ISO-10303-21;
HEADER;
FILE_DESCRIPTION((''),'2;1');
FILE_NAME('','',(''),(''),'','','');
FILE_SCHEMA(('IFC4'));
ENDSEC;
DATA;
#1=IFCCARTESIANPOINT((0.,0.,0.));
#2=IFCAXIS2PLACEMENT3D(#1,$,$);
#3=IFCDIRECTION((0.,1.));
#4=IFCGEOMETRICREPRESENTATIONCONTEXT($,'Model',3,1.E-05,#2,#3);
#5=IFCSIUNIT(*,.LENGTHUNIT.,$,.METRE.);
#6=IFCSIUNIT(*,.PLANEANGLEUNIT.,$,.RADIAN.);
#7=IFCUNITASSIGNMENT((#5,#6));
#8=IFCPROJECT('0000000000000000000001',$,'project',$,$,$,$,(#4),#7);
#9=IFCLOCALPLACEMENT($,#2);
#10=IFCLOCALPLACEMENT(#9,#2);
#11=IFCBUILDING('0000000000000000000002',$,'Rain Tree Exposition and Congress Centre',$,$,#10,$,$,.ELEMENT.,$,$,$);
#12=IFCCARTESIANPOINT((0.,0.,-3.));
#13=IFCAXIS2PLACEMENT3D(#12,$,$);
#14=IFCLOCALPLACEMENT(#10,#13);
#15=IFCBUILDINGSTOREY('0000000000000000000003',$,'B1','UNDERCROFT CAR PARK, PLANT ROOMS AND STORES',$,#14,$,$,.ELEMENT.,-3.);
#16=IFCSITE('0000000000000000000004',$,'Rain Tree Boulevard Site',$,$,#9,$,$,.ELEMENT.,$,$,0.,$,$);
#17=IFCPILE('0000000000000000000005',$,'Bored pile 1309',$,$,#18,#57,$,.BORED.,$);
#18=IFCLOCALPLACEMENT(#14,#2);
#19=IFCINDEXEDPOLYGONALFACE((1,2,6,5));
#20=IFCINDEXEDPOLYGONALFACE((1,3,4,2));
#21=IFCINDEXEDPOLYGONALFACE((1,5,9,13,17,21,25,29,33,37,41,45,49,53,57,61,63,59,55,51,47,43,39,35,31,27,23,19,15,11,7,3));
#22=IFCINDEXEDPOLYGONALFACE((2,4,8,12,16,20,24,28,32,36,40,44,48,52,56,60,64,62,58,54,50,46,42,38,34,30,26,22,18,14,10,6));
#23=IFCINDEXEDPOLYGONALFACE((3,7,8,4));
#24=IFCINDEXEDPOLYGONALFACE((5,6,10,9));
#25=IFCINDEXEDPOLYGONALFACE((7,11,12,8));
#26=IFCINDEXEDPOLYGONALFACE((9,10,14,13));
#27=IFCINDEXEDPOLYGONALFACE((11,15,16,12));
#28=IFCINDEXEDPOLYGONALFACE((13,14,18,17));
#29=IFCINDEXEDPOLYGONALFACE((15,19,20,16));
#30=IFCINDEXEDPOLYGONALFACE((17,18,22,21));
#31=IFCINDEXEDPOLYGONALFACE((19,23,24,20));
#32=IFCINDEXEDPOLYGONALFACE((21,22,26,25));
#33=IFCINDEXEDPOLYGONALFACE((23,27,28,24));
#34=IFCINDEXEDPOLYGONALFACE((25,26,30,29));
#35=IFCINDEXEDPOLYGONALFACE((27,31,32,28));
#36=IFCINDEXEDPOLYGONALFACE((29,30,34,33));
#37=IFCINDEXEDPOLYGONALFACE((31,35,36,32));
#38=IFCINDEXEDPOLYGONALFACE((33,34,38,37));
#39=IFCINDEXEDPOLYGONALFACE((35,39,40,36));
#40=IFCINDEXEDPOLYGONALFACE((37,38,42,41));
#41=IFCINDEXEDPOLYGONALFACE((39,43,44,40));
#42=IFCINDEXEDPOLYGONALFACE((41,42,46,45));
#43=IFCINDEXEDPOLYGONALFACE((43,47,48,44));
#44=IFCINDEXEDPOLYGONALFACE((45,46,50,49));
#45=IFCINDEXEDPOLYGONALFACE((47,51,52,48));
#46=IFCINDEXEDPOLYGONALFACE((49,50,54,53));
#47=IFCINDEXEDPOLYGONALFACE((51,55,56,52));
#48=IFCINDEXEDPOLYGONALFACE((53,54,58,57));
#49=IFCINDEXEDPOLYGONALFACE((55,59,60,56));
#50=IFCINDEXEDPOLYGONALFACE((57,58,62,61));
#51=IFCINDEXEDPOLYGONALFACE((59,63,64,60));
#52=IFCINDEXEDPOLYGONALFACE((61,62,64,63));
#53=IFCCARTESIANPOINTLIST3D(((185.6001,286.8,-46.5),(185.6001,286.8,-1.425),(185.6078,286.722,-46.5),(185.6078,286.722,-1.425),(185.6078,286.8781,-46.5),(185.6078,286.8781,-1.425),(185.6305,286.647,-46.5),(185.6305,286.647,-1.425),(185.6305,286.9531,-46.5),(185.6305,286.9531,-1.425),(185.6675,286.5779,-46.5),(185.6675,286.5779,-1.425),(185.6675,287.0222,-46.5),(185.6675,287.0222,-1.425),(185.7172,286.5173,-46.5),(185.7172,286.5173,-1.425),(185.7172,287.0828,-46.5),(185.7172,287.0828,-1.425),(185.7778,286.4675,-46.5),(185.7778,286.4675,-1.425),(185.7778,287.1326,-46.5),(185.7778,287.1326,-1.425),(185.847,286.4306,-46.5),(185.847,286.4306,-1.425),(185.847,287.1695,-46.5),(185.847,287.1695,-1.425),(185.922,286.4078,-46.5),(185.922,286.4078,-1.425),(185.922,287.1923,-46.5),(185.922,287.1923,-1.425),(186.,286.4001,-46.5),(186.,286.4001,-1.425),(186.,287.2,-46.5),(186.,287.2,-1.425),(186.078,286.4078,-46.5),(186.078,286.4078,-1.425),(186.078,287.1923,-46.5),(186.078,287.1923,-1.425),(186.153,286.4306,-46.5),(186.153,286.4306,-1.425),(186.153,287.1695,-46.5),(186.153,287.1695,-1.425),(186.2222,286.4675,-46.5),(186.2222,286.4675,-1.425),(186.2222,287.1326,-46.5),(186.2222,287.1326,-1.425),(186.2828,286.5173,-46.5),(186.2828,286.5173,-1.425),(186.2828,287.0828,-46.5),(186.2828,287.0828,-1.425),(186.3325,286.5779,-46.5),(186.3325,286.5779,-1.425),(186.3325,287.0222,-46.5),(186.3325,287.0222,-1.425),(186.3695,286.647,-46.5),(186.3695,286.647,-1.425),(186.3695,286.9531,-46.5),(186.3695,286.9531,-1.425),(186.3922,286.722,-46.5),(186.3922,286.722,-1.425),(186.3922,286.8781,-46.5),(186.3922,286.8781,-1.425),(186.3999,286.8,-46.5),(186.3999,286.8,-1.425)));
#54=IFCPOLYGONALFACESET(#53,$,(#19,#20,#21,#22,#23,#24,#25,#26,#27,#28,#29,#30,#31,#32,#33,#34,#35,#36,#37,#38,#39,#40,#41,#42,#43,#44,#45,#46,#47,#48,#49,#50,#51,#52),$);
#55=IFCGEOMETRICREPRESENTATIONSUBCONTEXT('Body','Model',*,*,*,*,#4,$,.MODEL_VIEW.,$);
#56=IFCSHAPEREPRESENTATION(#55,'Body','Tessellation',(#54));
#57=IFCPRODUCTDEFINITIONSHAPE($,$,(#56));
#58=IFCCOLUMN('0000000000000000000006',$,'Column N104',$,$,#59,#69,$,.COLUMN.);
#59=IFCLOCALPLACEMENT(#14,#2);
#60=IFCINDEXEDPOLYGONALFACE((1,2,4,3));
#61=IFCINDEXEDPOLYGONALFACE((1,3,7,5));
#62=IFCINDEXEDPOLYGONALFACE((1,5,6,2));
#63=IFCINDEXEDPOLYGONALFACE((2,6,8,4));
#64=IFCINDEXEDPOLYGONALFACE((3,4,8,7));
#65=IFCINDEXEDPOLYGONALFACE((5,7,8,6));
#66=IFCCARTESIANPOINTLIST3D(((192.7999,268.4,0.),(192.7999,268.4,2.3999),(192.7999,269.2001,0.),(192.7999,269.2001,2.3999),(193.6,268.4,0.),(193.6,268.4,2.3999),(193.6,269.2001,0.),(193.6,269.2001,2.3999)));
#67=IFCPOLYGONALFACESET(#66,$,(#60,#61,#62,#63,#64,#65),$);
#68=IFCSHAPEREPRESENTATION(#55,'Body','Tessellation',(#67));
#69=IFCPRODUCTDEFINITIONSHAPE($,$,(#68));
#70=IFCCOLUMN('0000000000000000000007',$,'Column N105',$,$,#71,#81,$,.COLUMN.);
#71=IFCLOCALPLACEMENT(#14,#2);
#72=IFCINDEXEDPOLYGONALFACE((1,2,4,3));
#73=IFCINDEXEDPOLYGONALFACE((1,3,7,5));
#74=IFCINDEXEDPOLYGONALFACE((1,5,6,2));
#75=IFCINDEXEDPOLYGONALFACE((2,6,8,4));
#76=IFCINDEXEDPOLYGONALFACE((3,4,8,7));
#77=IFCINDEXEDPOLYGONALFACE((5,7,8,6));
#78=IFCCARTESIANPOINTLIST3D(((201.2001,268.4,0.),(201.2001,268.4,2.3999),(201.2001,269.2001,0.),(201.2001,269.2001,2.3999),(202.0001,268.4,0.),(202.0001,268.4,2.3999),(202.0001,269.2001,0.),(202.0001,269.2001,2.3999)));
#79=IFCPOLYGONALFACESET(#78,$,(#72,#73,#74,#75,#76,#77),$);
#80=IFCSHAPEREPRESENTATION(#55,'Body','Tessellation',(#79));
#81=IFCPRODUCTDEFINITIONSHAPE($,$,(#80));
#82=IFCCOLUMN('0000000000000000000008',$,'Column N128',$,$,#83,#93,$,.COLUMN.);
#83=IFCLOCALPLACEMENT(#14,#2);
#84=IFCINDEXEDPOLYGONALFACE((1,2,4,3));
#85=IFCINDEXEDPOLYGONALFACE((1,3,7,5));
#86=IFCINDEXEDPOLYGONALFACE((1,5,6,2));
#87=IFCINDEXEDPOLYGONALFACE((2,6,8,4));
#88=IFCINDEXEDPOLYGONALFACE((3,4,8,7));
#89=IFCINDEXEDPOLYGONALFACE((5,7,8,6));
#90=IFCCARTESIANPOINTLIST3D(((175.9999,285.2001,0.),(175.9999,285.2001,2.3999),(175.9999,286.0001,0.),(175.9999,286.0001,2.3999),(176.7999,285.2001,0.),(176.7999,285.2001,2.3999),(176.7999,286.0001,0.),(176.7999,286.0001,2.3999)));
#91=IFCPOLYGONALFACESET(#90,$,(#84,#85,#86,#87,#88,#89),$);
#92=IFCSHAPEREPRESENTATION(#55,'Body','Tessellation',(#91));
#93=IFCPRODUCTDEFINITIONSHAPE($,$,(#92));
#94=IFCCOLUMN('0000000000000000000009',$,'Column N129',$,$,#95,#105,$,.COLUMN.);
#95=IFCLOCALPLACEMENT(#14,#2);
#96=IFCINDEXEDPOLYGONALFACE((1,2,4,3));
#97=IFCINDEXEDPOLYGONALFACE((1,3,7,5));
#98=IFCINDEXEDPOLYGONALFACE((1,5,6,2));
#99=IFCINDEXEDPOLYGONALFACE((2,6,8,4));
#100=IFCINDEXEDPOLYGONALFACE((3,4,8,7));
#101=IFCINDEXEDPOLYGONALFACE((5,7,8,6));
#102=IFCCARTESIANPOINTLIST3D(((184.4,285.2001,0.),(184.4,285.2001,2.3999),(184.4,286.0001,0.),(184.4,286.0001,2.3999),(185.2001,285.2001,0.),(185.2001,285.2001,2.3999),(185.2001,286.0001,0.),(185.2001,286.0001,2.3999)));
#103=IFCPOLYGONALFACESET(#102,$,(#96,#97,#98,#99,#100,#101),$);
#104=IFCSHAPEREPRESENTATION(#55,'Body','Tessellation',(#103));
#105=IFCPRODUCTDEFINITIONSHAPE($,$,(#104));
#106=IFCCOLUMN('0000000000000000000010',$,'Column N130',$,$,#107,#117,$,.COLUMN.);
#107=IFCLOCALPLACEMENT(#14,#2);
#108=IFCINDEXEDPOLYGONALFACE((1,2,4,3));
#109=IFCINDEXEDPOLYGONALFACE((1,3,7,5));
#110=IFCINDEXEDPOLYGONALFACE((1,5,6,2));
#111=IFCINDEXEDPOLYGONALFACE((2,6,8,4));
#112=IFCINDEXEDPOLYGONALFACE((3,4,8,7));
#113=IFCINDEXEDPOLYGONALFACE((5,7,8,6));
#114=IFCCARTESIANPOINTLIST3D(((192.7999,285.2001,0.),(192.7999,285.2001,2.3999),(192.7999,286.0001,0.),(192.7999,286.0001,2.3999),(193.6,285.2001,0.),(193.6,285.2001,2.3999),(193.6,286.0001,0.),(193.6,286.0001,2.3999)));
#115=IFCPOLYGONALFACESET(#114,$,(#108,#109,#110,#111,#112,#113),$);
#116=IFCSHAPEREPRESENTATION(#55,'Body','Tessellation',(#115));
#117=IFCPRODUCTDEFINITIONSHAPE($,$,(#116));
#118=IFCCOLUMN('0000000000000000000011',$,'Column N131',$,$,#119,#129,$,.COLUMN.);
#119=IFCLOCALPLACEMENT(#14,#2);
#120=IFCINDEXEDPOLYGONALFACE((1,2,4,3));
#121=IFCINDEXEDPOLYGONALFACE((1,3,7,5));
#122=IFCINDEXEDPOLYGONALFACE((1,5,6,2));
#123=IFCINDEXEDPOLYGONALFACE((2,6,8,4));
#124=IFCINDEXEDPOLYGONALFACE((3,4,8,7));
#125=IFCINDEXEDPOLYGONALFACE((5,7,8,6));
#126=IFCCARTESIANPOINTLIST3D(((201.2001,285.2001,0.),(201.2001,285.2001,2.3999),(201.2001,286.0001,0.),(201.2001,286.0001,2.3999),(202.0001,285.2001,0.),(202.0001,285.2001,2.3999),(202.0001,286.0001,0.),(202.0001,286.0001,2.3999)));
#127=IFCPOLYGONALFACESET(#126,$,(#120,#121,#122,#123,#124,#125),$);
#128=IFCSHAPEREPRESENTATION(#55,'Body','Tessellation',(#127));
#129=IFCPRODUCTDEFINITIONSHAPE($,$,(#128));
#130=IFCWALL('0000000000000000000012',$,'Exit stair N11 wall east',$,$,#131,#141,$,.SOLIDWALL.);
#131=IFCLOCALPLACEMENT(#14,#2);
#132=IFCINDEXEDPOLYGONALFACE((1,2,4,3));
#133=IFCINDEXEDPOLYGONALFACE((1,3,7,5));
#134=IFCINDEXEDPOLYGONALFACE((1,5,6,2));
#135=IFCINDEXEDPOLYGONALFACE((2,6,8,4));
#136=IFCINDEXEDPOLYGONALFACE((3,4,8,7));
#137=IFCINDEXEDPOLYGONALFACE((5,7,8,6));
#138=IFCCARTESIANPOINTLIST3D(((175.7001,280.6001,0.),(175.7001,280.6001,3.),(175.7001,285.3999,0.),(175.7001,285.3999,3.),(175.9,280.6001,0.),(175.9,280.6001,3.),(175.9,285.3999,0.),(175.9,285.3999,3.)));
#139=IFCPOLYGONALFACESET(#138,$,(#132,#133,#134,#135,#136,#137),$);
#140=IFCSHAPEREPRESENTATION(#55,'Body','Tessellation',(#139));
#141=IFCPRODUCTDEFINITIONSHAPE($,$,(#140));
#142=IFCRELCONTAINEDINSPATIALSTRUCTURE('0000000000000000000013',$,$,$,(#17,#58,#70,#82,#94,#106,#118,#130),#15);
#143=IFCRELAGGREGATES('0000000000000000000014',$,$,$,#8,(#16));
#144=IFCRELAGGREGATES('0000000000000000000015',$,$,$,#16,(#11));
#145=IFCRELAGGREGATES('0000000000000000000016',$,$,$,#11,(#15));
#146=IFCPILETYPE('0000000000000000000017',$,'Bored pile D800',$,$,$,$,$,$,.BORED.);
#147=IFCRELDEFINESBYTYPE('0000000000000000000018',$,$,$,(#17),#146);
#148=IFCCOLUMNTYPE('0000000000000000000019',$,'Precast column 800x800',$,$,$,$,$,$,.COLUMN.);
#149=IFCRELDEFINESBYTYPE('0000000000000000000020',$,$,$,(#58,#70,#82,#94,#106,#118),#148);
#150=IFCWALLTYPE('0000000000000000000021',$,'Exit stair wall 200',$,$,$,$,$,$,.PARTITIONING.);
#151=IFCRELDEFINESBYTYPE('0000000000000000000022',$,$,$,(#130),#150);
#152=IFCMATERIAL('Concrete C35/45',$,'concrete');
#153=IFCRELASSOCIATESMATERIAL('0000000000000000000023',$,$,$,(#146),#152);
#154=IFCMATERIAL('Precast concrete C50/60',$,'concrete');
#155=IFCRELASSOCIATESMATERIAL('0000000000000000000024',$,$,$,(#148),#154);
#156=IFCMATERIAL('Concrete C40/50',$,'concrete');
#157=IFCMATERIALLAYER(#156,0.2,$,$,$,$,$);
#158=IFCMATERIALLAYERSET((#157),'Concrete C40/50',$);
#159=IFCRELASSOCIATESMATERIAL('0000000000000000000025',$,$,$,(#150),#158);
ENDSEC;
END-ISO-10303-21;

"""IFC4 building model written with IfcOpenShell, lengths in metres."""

from ifc_helpers import new_model, si_unit, direction, frame, frame_2d, origin, origin_2d, place, context, subcontext, project, spatial, rectangle, circle, extrude, material, layer, layer_set, material_profile, profile_set, type_object, element, save


model = new_model("IFC4")

# Units and contexts
model_context = context("Model", 3, precision=1e-05, world=origin(), true_north=direction((0.0, 1.0)))
body_context = subcontext(model_context, "Body", "Model", "MODEL_VIEW")
ifc_project = project(units=[si_unit("LENGTHUNIT", "METRE"), si_unit("PLANEANGLEUNIT", "RADIAN")], contexts=[model_context])

# Site, building, storey
site_placement = place(None, origin())
site = spatial("IfcSite", under=ifc_project, at=site_placement, Name="Rain Tree Boulevard Site", CompositionType="ELEMENT", RefElevation=0.0)
building_placement = place(site_placement, origin())
building = spatial("IfcBuilding", under=site, at=building_placement, Name="Rain Tree Exposition and Congress Centre", CompositionType="ELEMENT")
storey_placement = place(building_placement, frame((0.0, 0.0, -3.0)))
storey = spatial("IfcBuildingStorey", under=building, at=storey_placement, Name="B1", Description="UNDERCROFT CAR PARK, PLANT ROOMS AND STORES", CompositionType="ELEMENT", Elevation=-3.0)

# Pile
ifc_material_1 = material(Name="Concrete C35/45", Category="concrete")
ifc_material_profile_1 = material_profile(ifc_material_1, circle(Radius=0.3999, at=origin_2d()), Name="D800")
ifc_profile_set_1 = profile_set([ifc_material_profile_1], Name="Concrete C35/45")
pile_type_1 = type_object("IfcPileType", Name="Bored pile D800", PredefinedType="BORED", material=ifc_profile_set_1)
for number, where, z_axis, x_axis, name in (
    (1, (186.0, 286.8, -1.425), (0.0, 0.0, -1.0), (1.0, 0.0, 0.0), "Bored pile 1309"),
):
    element("IfcPile", number, at=place(storey_placement, frame(where, z_axis=z_axis, x_axis=x_axis)), inside=storey, type_object=pile_type_1, Name=name, PredefinedType="BORED", context=body_context, shape_type="SweptSolid", body=[
        extrude(circle(Radius=0.3999, at=origin_2d()), origin(), (0.0, 0.0, 1.0), 45.075),
    ])

# Columns
ifc_material_2 = material(Name="Precast concrete C50/60", Category="concrete")
ifc_material_profile_2 = material_profile(ifc_material_2, rectangle(XDim=0.8, YDim=0.8, at=origin_2d()), Name="RC 800x800")
ifc_profile_set_2 = profile_set([ifc_material_profile_2], Name="Precast concrete C50/60")
column_type = type_object("IfcColumnType", Name="Precast column 800x800", PredefinedType="COLUMN", material=ifc_profile_set_2)
for number, where, z_axis, x_axis, name in (
    (2, (193.2, 268.8, 0.0), (0.0, 0.0, 1.0), (1.0, 0.0, 0.0), "Column N104"),
    (3, (201.6001, 268.8, 0.0), (0.0, 0.0, 1.0), (1.0, 0.0, 0.0), "Column N105"),
    (4, (176.3999, 285.6001, 0.0), (0.0, 0.0, 1.0), (1.0, 0.0, 0.0), "Column N128"),
    (5, (184.8, 285.6001, 0.0), (0.0, 0.0, 1.0), (1.0, 0.0, 0.0), "Column N129"),
    (6, (193.2, 285.6001, 0.0), (0.0, 0.0, 1.0), (1.0, 0.0, 0.0), "Column N130"),
    (7, (201.6001, 285.6001, 0.0), (0.0, 0.0, 1.0), (1.0, 0.0, 0.0), "Column N131"),
):
    element("IfcColumn", number, at=place(storey_placement, frame(where, z_axis=z_axis, x_axis=x_axis)), inside=storey, type_object=column_type, Name=name, PredefinedType="COLUMN", context=body_context, shape_type="SweptSolid", body=[
        extrude(rectangle(XDim=0.8, YDim=0.8, at=origin_2d()), origin(), (0.0, 0.0, 1.0), 2.3999),
    ])

# Wall
ifc_material_3 = material(Name="Concrete C40/50", Category="concrete")
ifc_layer = layer(ifc_material_3, 0.2)
ifc_layer_set = layer_set([ifc_layer], Name="Concrete C40/50")
wall_type = type_object("IfcWallType", Name="Exit stair wall 200", PredefinedType="PARTITIONING", material=ifc_layer_set)
wall_placement = place(storey_placement, frame((175.8, 280.6001, 0.0), z_axis=(0.0, 0.0, 1.0), x_axis=(0.0, 1.0, 0.0)))
element("IfcWall", 8, at=wall_placement, inside=storey, type_object=wall_type, Name="Exit stair N11 wall east", PredefinedType="SOLIDWALL", context=body_context, shape_type="SweptSolid", body=[
    extrude(rectangle(XDim=4.7998, YDim=0.2, at=frame_2d((2.3999, 0.0))), origin(), (0.0, 0.0, 1.0), 3.0),
])

save(model, "model.ifc")
